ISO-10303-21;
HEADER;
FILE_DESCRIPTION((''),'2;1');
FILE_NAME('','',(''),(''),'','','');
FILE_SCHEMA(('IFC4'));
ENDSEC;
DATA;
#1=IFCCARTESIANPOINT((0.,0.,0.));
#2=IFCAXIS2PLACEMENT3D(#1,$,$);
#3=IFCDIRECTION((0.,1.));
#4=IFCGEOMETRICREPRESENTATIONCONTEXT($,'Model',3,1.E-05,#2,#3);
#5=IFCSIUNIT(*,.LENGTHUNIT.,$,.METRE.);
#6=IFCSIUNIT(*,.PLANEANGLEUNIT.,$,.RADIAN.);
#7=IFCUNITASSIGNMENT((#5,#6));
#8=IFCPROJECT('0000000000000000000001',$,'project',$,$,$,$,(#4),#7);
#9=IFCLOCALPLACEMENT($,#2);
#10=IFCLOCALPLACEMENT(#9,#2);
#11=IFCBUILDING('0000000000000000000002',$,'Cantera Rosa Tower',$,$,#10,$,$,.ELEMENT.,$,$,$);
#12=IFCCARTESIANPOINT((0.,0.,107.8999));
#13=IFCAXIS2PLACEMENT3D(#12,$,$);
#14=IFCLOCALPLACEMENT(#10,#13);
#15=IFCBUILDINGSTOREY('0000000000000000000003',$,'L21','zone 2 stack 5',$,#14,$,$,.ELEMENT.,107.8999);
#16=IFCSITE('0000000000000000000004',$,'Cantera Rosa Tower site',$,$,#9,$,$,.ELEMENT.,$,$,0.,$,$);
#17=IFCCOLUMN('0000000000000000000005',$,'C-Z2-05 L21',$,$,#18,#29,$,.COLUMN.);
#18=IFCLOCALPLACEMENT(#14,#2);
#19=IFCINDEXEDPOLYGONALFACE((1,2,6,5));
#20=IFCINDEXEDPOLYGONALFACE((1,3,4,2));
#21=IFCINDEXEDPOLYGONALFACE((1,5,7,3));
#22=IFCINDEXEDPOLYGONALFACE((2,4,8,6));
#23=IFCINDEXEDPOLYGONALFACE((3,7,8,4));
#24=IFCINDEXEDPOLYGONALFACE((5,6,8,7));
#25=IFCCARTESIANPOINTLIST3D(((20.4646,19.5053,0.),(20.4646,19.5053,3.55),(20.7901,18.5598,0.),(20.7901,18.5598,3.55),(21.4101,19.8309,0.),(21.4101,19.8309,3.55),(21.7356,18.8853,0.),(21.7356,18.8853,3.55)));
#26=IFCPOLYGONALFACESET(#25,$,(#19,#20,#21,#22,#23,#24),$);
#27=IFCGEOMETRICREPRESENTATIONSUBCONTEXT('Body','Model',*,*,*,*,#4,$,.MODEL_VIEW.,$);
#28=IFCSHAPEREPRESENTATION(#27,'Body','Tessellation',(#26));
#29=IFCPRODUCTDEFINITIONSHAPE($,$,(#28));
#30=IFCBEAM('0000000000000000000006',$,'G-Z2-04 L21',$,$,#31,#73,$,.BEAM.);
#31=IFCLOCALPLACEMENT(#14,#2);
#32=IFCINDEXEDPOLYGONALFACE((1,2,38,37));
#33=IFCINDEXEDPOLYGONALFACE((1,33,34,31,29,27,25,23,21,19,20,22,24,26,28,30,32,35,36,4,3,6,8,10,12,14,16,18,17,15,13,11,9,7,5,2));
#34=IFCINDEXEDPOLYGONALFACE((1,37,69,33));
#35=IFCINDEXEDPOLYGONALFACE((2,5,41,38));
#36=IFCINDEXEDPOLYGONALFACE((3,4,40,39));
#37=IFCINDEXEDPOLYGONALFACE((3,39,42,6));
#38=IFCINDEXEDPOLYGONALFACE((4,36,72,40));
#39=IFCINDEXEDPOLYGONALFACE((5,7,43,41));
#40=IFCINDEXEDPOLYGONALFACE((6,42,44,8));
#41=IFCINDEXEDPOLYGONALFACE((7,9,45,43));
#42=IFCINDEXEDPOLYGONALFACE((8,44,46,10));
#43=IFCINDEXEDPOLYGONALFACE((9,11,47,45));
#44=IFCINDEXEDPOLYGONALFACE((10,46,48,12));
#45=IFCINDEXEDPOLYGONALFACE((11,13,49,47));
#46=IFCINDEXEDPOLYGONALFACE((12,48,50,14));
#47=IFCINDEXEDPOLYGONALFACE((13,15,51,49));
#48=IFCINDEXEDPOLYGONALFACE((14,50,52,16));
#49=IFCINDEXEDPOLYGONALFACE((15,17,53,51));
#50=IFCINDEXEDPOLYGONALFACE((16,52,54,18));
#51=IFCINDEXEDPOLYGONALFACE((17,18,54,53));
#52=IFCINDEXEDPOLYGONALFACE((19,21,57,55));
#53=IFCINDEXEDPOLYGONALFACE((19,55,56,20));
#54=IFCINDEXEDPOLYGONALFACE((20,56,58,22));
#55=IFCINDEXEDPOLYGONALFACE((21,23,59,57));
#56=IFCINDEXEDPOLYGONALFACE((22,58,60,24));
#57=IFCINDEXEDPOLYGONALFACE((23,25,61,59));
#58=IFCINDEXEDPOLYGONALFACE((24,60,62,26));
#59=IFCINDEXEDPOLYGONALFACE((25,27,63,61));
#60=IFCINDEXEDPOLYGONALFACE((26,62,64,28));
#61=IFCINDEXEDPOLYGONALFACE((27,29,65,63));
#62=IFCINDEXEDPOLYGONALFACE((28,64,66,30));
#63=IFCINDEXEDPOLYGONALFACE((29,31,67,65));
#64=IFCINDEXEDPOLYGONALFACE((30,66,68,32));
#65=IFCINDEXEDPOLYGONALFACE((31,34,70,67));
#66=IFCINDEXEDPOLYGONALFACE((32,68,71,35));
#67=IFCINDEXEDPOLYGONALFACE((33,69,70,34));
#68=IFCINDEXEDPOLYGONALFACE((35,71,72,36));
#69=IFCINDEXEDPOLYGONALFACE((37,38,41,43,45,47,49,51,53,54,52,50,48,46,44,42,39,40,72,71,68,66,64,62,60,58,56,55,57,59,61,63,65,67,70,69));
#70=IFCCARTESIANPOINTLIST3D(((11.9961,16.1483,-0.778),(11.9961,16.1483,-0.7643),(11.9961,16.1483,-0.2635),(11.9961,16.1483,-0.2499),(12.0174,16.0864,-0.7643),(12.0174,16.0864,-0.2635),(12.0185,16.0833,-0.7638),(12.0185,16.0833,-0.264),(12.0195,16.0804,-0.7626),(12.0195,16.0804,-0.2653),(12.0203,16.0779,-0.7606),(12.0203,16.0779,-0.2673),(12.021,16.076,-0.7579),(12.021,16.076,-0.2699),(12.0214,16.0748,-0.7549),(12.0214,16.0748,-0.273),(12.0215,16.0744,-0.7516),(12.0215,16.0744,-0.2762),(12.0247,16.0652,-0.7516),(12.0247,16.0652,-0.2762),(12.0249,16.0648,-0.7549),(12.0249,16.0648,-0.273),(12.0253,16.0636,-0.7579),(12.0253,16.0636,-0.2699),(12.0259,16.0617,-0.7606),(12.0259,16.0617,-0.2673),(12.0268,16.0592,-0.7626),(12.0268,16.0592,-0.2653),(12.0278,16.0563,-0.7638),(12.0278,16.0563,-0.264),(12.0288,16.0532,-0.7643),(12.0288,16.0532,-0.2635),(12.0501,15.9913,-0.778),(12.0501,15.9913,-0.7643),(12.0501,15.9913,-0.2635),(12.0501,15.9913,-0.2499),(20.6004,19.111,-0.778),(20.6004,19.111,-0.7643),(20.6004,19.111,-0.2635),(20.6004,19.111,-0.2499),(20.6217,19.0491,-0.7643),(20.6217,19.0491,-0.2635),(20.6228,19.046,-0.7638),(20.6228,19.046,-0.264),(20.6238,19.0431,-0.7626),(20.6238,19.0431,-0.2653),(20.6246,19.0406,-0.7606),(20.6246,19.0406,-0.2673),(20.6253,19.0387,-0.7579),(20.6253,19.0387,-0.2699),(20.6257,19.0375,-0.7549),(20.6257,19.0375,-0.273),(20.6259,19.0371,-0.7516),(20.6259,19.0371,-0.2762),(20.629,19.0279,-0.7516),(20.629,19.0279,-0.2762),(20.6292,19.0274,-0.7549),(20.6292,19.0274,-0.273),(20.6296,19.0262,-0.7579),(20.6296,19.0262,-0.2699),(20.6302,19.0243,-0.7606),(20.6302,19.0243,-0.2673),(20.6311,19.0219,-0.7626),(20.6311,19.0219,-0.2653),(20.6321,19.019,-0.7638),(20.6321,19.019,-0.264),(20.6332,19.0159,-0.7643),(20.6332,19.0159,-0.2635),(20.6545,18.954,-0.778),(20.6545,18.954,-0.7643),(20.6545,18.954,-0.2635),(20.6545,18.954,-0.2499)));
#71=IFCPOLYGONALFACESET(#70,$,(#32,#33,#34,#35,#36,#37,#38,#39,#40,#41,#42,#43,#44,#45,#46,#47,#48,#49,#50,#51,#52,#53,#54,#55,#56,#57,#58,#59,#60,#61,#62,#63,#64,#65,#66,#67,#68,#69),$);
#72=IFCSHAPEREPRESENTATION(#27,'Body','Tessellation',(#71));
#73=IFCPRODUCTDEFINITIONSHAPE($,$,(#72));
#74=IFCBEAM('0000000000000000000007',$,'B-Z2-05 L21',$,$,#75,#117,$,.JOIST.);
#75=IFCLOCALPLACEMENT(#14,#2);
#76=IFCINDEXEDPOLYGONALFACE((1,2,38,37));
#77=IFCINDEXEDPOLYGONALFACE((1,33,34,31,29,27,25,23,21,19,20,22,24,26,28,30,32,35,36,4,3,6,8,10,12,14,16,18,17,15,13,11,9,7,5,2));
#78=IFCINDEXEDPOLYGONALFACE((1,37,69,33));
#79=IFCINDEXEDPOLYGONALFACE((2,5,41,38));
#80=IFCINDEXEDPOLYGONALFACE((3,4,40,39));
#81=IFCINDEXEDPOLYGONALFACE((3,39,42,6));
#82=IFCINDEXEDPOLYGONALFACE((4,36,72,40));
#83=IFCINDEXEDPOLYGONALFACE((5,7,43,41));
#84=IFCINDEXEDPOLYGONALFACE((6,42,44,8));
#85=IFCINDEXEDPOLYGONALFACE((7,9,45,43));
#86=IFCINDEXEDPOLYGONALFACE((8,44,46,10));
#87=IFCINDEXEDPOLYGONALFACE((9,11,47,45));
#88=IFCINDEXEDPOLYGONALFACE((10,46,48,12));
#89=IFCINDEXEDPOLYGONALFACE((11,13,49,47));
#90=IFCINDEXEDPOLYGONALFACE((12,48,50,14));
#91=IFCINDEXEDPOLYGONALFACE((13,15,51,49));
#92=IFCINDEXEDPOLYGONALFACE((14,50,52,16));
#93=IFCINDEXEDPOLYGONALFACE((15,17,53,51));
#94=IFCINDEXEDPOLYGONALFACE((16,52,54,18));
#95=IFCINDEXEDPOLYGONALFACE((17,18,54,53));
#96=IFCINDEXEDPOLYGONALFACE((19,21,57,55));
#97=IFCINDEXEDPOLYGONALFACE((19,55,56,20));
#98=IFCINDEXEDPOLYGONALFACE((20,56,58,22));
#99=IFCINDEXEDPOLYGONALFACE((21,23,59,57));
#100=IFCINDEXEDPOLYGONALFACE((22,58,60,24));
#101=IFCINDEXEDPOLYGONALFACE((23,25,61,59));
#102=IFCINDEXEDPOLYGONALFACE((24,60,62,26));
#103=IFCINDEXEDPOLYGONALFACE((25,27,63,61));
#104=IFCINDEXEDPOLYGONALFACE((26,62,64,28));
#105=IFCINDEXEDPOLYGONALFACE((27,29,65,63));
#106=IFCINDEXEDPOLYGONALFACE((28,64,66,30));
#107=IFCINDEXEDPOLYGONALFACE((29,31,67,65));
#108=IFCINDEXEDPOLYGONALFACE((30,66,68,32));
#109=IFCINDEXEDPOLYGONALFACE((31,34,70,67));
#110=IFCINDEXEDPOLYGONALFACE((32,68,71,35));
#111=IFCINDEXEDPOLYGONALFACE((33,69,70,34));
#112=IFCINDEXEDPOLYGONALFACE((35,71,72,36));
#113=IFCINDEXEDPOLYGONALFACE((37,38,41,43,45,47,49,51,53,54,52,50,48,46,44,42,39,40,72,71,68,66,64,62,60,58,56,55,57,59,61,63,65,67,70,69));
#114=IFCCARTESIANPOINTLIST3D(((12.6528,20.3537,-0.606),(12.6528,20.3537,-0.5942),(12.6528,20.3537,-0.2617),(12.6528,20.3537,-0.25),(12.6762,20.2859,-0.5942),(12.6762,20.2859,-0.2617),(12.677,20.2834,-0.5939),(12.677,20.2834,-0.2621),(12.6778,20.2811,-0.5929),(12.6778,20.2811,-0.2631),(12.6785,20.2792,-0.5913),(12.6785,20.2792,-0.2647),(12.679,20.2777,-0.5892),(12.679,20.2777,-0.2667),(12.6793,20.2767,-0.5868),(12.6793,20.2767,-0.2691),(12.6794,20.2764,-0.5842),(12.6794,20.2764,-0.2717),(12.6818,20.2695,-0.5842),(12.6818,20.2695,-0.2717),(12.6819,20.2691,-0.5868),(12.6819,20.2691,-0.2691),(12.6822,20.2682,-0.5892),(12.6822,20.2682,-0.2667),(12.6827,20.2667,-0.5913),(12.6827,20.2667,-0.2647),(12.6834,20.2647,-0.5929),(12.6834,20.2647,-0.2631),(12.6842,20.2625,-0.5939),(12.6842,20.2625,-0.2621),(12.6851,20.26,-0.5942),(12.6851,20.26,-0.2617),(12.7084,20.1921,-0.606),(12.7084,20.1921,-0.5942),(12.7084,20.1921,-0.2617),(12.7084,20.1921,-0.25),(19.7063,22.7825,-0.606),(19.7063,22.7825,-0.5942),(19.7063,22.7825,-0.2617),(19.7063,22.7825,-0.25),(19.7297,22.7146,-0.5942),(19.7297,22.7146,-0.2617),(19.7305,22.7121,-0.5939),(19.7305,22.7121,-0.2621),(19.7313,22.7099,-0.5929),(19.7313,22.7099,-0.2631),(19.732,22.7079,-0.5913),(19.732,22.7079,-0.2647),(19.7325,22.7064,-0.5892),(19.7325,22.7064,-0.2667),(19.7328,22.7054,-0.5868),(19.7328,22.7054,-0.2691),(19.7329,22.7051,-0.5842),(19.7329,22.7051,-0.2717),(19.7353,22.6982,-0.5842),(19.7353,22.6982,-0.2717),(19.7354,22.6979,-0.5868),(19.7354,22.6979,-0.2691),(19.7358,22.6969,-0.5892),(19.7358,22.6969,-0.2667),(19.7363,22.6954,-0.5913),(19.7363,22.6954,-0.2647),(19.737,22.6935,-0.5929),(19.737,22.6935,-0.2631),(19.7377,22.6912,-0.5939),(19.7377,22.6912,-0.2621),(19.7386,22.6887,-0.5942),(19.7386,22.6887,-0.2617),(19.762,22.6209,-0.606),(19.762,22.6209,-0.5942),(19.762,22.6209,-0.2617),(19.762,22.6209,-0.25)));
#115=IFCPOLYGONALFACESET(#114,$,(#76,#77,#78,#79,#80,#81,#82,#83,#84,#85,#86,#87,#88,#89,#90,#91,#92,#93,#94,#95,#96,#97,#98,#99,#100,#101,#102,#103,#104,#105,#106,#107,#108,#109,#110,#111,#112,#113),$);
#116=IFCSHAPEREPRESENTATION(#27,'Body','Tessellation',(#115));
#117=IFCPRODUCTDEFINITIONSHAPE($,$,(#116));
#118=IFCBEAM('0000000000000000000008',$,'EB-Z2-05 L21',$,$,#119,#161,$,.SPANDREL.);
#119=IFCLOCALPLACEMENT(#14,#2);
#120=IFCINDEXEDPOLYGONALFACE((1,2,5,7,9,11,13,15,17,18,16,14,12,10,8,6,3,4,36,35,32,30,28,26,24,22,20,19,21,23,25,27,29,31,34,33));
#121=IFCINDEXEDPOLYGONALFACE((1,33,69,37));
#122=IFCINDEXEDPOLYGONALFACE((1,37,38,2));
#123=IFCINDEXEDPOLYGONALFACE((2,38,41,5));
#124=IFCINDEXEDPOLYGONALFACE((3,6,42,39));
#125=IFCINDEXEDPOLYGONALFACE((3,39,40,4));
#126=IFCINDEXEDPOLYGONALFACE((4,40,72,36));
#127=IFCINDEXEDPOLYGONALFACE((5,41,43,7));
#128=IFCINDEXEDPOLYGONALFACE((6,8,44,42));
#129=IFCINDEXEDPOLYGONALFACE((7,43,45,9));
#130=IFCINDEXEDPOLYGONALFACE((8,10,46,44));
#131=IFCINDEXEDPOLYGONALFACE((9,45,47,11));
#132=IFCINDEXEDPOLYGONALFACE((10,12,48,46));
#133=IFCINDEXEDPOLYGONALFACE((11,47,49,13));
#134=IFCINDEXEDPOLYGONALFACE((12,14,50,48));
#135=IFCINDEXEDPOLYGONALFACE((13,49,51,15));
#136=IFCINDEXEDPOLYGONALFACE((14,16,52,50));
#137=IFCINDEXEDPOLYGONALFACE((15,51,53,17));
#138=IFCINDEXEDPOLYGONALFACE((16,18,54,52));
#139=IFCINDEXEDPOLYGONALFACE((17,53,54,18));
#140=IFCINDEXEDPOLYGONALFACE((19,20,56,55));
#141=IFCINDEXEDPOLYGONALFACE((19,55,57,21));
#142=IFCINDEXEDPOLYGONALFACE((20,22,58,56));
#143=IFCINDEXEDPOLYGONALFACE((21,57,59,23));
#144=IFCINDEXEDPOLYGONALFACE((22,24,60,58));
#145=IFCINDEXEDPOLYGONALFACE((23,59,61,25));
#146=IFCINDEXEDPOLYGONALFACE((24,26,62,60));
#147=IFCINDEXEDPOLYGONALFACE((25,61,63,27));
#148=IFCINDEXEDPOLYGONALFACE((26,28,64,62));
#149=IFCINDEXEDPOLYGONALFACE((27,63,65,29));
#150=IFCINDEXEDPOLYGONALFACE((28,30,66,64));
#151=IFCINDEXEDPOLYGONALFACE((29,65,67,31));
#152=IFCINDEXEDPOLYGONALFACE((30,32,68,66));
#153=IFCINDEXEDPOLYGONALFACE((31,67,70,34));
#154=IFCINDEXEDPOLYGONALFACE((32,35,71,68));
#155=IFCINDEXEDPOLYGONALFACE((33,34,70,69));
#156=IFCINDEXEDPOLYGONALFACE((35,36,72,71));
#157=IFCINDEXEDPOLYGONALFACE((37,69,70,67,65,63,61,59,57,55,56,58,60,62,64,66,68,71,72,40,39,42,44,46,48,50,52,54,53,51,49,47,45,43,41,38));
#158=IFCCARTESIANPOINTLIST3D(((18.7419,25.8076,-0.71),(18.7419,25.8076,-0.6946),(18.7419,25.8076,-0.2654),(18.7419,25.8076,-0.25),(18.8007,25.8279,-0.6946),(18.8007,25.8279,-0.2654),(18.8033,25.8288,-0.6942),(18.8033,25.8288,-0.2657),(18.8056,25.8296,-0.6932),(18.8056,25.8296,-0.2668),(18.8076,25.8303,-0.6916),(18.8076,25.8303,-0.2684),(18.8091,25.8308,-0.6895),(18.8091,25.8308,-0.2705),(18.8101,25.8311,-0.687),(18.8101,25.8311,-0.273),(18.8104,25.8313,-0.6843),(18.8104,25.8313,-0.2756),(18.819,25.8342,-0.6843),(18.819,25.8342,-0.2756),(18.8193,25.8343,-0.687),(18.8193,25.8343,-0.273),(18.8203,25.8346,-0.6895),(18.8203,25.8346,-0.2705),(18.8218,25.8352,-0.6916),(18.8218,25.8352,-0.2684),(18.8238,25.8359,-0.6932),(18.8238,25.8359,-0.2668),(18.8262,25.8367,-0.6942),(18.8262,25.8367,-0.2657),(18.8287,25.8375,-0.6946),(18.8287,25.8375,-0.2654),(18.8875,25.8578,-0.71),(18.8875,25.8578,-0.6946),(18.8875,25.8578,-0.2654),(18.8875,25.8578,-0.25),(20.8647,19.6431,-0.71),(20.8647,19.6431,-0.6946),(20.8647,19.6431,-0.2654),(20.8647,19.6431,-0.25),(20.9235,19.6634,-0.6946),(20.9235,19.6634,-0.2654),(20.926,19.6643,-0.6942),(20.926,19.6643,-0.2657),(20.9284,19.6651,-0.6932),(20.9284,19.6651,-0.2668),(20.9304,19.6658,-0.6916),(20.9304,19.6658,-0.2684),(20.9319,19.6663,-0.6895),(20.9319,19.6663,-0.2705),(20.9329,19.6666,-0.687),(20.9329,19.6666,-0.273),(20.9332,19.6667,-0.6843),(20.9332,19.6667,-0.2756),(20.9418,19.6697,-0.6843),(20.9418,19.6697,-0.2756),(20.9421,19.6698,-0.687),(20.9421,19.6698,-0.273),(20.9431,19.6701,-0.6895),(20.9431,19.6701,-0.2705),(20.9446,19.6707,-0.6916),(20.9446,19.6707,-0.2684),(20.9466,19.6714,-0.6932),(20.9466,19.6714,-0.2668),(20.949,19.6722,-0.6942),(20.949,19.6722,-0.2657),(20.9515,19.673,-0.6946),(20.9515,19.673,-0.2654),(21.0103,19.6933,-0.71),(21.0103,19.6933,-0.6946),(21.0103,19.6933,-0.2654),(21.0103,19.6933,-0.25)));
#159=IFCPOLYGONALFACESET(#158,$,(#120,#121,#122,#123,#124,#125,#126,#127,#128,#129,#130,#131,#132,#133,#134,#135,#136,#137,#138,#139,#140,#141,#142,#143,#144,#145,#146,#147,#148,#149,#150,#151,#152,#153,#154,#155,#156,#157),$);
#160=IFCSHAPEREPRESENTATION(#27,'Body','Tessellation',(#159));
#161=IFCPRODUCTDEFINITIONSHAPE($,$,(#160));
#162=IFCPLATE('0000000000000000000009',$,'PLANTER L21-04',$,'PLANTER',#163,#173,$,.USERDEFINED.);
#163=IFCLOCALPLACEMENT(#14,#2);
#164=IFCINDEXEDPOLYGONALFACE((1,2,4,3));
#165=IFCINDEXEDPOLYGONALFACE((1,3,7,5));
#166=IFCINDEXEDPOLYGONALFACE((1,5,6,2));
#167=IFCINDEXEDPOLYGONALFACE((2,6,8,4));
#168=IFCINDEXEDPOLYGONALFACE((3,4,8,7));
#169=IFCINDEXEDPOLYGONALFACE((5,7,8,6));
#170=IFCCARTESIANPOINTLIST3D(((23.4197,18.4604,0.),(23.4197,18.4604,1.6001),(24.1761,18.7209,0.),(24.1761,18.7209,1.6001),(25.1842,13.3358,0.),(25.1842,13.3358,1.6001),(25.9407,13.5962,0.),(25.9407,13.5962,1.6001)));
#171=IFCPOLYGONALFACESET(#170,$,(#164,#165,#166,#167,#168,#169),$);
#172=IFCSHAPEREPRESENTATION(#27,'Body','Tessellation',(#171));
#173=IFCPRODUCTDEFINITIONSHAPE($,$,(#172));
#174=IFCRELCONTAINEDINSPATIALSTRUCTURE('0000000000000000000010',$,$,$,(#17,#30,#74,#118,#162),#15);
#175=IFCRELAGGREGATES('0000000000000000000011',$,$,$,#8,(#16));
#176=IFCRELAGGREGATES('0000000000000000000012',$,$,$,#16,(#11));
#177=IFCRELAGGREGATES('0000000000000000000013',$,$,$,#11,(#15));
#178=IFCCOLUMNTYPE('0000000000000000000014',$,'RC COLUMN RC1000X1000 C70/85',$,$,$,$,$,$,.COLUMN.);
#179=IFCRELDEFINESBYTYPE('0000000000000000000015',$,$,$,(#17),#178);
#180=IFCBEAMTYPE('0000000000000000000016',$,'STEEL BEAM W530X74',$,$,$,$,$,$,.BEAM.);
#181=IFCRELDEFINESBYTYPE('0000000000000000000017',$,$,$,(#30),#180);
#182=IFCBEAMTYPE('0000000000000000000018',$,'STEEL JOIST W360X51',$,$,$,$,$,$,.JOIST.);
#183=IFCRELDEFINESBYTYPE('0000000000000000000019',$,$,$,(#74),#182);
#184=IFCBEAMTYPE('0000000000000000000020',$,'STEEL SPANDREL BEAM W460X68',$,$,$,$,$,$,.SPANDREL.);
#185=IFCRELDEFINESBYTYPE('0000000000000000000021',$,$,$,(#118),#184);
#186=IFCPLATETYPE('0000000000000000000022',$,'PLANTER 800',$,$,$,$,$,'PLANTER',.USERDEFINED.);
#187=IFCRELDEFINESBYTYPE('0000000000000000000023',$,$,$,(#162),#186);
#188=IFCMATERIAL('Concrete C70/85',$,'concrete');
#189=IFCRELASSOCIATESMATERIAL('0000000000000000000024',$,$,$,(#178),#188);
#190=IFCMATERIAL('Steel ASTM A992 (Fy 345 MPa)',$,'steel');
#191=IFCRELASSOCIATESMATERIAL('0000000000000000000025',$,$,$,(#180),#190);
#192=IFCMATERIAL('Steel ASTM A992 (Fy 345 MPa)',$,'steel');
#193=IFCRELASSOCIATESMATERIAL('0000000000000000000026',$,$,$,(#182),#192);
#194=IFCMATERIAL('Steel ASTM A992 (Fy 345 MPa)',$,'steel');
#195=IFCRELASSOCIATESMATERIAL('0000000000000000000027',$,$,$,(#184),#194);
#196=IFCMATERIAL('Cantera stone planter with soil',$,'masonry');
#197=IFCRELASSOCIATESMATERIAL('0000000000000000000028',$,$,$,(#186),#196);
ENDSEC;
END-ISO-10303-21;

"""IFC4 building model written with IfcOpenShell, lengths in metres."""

from ifc_helpers import new_model, si_unit, direction, frame, origin, origin_2d, place, context, subcontext, project, spatial, rectangle, i_section, extrude, material, material_profile, profile_set, type_object, element, save


model = new_model("IFC4")

# Units and contexts
model_context = context("Model", 3, precision=1e-05, world=origin(), true_north=direction((0.0, 1.0)))
body_context = subcontext(model_context, "Body", "Model", "MODEL_VIEW")
ifc_project = project(units=[si_unit("LENGTHUNIT", "METRE"), si_unit("PLANEANGLEUNIT", "RADIAN")], contexts=[model_context])

# Site, building, storey
site_placement = place(None, origin())
site = spatial("IfcSite", under=ifc_project, at=site_placement, Name="Cantera Rosa Tower site", CompositionType="ELEMENT", RefElevation=0.0)
building_placement = place(site_placement, origin())
building = spatial("IfcBuilding", under=site, at=building_placement, Name="Cantera Rosa Tower", CompositionType="ELEMENT")
storey_placement = place(building_placement, frame((0.0, 0.0, 107.8999)))
storey = spatial("IfcBuildingStorey", under=building, at=storey_placement, Name="L21", Description="zone 2 stack 5", CompositionType="ELEMENT", Elevation=107.8999)

# Column
ifc_material_1 = material(Name="Concrete C70/85", Category="concrete")
ifc_material_profile_1 = material_profile(ifc_material_1, rectangle(XDim=1.0, YDim=1.0, at=origin_2d()), Name="RC COLUMN RC1000X1000 C70/85")
ifc_profile_set_1 = profile_set([ifc_material_profile_1], Name="Concrete C70/85")
column_type = type_object("IfcColumnType", Name="RC COLUMN RC1000X1000 C70/85", PredefinedType="COLUMN", material=ifc_profile_set_1)
column_placement = place(storey_placement, frame((21.1001, 19.1953, 0.0), z_axis=(0.0, 0.0, 1.0), x_axis=(0.945519, 0.325568, 0.0)))
element("IfcColumn", 1, at=column_placement, inside=storey, type_object=column_type, Name="C-Z2-05 L21", PredefinedType="COLUMN", context=body_context, shape_type="SweptSolid", body=[
    extrude(rectangle(XDim=1.0, YDim=1.0, at=origin_2d()), origin(), (0.0, 0.0, 1.0), 3.55),
])

# Beams
ifc_material_2 = material(Name="Steel ASTM A992 (Fy 345 MPa)", Category="steel")
ifc_material_profile_2 = material_profile(ifc_material_2, i_section(OverallWidth=0.166, OverallDepth=0.5281, WebThickness=0.0098, FlangeThickness=0.0137, FilletRadius=0.0127, at=origin_2d()), Name="W530X74")
ifc_profile_set_2 = profile_set([ifc_material_profile_2], Name="Steel ASTM A992 (Fy 345 MPa)")
beam_type_1 = type_object("IfcBeamType", Name="STEEL BEAM W530X74", PredefinedType="BEAM", material=ifc_profile_set_2)
beam_1_placement = place(storey_placement, frame((20.6274, 19.0325, -0.5139), z_axis=(-0.94552, -0.325565, 0.0), x_axis=(0.325565, -0.94552, 0.0)))
element("IfcBeam", 2, at=beam_1_placement, inside=storey, type_object=beam_type_1, Name="G-Z2-04 L21", PredefinedType="BEAM", context=body_context, shape_type="SweptSolid", body=[
    extrude(i_section(OverallWidth=0.166, OverallDepth=0.5281, WebThickness=0.0098, FlangeThickness=0.0137, FilletRadius=0.0127, at=origin_2d()), origin(), (0.0, 0.0, 1.0), 9.1001),
])
ifc_material_3 = material(Name="Steel ASTM A992 (Fy 345 MPa)", Category="steel")
ifc_material_profile_3 = material_profile(ifc_material_3, i_section(OverallWidth=0.1709, OverallDepth=0.356, WebThickness=0.0073, FlangeThickness=0.0117, FilletRadius=0.01, at=origin_2d()), Name="W360X51")
ifc_profile_set_3 = profile_set([ifc_material_profile_3], Name="Steel ASTM A992 (Fy 345 MPa)")
beam_type_2 = type_object("IfcBeamType", Name="STEEL JOIST W360X51", PredefinedType="JOIST", material=ifc_profile_set_3)
beam_2_placement = place(storey_placement, frame((19.7341, 22.7017, -0.428), z_axis=(-0.945518, -0.325569, 0.0), x_axis=(0.325569, -0.945518, 0.0)))
element("IfcBeam", 3, at=beam_2_placement, inside=storey, type_object=beam_type_2, Name="B-Z2-05 L21", PredefinedType="JOIST", context=body_context, shape_type="SweptSolid", body=[
    extrude(i_section(OverallWidth=0.1709, OverallDepth=0.356, WebThickness=0.0073, FlangeThickness=0.0117, FilletRadius=0.01, at=origin_2d()), origin(), (0.0, 0.0, 1.0), 7.46),
])
ifc_material_4 = material(Name="Steel ASTM A992 (Fy 345 MPa)", Category="steel")
ifc_material_profile_4 = material_profile(ifc_material_4, i_section(OverallWidth=0.1541, OverallDepth=0.46, WebThickness=0.009, FlangeThickness=0.0154, FilletRadius=0.0103, at=origin_2d()), Name="W460X68")
ifc_profile_set_4 = profile_set([ifc_material_profile_4], Name="Steel ASTM A992 (Fy 345 MPa)")
beam_type_3 = type_object("IfcBeamType", Name="STEEL SPANDREL BEAM W460X68", PredefinedType="SPANDREL", material=ifc_profile_set_4)
beam_3_placement = place(storey_placement, frame((20.9375, 19.6682, -0.48), z_axis=(-0.325593, 0.94551, 0.0), x_axis=(-0.94551, -0.325593, 0.0)))
element("IfcBeam", 4, at=beam_3_placement, inside=storey, type_object=beam_type_3, Name="EB-Z2-05 L21", PredefinedType="SPANDREL", context=body_context, shape_type="SweptSolid", body=[
    extrude(i_section(OverallWidth=0.1541, OverallDepth=0.46, WebThickness=0.009, FlangeThickness=0.0154, FilletRadius=0.0103, at=origin_2d()), origin(), (0.0, 0.0, 1.0), 6.5198),
])

# Plate
ifc_material_5 = material(Name="Cantera stone planter with soil", Category="masonry")
plate_type = type_object("IfcPlateType", Name="PLANTER 800", ElementType="PLANTER", PredefinedType="USERDEFINED", material=ifc_material_5)
plate_placement = place(storey_placement, frame((24.6802, 16.0283, 0.0), z_axis=(0.0, 0.0, 1.0), x_axis=(-0.325568, 0.945519, 0.0)))
element("IfcPlate", 5, at=plate_placement, inside=storey, type_object=plate_type, Name="PLANTER L21-04", ObjectType="PLANTER", PredefinedType="USERDEFINED", context=body_context, shape_type="SweptSolid", body=[
    extrude(rectangle(XDim=5.4199, YDim=0.8, at=origin_2d()), origin(), (0.0, 0.0, 1.0), 1.6001),
])

save(model, "model.ifc")
